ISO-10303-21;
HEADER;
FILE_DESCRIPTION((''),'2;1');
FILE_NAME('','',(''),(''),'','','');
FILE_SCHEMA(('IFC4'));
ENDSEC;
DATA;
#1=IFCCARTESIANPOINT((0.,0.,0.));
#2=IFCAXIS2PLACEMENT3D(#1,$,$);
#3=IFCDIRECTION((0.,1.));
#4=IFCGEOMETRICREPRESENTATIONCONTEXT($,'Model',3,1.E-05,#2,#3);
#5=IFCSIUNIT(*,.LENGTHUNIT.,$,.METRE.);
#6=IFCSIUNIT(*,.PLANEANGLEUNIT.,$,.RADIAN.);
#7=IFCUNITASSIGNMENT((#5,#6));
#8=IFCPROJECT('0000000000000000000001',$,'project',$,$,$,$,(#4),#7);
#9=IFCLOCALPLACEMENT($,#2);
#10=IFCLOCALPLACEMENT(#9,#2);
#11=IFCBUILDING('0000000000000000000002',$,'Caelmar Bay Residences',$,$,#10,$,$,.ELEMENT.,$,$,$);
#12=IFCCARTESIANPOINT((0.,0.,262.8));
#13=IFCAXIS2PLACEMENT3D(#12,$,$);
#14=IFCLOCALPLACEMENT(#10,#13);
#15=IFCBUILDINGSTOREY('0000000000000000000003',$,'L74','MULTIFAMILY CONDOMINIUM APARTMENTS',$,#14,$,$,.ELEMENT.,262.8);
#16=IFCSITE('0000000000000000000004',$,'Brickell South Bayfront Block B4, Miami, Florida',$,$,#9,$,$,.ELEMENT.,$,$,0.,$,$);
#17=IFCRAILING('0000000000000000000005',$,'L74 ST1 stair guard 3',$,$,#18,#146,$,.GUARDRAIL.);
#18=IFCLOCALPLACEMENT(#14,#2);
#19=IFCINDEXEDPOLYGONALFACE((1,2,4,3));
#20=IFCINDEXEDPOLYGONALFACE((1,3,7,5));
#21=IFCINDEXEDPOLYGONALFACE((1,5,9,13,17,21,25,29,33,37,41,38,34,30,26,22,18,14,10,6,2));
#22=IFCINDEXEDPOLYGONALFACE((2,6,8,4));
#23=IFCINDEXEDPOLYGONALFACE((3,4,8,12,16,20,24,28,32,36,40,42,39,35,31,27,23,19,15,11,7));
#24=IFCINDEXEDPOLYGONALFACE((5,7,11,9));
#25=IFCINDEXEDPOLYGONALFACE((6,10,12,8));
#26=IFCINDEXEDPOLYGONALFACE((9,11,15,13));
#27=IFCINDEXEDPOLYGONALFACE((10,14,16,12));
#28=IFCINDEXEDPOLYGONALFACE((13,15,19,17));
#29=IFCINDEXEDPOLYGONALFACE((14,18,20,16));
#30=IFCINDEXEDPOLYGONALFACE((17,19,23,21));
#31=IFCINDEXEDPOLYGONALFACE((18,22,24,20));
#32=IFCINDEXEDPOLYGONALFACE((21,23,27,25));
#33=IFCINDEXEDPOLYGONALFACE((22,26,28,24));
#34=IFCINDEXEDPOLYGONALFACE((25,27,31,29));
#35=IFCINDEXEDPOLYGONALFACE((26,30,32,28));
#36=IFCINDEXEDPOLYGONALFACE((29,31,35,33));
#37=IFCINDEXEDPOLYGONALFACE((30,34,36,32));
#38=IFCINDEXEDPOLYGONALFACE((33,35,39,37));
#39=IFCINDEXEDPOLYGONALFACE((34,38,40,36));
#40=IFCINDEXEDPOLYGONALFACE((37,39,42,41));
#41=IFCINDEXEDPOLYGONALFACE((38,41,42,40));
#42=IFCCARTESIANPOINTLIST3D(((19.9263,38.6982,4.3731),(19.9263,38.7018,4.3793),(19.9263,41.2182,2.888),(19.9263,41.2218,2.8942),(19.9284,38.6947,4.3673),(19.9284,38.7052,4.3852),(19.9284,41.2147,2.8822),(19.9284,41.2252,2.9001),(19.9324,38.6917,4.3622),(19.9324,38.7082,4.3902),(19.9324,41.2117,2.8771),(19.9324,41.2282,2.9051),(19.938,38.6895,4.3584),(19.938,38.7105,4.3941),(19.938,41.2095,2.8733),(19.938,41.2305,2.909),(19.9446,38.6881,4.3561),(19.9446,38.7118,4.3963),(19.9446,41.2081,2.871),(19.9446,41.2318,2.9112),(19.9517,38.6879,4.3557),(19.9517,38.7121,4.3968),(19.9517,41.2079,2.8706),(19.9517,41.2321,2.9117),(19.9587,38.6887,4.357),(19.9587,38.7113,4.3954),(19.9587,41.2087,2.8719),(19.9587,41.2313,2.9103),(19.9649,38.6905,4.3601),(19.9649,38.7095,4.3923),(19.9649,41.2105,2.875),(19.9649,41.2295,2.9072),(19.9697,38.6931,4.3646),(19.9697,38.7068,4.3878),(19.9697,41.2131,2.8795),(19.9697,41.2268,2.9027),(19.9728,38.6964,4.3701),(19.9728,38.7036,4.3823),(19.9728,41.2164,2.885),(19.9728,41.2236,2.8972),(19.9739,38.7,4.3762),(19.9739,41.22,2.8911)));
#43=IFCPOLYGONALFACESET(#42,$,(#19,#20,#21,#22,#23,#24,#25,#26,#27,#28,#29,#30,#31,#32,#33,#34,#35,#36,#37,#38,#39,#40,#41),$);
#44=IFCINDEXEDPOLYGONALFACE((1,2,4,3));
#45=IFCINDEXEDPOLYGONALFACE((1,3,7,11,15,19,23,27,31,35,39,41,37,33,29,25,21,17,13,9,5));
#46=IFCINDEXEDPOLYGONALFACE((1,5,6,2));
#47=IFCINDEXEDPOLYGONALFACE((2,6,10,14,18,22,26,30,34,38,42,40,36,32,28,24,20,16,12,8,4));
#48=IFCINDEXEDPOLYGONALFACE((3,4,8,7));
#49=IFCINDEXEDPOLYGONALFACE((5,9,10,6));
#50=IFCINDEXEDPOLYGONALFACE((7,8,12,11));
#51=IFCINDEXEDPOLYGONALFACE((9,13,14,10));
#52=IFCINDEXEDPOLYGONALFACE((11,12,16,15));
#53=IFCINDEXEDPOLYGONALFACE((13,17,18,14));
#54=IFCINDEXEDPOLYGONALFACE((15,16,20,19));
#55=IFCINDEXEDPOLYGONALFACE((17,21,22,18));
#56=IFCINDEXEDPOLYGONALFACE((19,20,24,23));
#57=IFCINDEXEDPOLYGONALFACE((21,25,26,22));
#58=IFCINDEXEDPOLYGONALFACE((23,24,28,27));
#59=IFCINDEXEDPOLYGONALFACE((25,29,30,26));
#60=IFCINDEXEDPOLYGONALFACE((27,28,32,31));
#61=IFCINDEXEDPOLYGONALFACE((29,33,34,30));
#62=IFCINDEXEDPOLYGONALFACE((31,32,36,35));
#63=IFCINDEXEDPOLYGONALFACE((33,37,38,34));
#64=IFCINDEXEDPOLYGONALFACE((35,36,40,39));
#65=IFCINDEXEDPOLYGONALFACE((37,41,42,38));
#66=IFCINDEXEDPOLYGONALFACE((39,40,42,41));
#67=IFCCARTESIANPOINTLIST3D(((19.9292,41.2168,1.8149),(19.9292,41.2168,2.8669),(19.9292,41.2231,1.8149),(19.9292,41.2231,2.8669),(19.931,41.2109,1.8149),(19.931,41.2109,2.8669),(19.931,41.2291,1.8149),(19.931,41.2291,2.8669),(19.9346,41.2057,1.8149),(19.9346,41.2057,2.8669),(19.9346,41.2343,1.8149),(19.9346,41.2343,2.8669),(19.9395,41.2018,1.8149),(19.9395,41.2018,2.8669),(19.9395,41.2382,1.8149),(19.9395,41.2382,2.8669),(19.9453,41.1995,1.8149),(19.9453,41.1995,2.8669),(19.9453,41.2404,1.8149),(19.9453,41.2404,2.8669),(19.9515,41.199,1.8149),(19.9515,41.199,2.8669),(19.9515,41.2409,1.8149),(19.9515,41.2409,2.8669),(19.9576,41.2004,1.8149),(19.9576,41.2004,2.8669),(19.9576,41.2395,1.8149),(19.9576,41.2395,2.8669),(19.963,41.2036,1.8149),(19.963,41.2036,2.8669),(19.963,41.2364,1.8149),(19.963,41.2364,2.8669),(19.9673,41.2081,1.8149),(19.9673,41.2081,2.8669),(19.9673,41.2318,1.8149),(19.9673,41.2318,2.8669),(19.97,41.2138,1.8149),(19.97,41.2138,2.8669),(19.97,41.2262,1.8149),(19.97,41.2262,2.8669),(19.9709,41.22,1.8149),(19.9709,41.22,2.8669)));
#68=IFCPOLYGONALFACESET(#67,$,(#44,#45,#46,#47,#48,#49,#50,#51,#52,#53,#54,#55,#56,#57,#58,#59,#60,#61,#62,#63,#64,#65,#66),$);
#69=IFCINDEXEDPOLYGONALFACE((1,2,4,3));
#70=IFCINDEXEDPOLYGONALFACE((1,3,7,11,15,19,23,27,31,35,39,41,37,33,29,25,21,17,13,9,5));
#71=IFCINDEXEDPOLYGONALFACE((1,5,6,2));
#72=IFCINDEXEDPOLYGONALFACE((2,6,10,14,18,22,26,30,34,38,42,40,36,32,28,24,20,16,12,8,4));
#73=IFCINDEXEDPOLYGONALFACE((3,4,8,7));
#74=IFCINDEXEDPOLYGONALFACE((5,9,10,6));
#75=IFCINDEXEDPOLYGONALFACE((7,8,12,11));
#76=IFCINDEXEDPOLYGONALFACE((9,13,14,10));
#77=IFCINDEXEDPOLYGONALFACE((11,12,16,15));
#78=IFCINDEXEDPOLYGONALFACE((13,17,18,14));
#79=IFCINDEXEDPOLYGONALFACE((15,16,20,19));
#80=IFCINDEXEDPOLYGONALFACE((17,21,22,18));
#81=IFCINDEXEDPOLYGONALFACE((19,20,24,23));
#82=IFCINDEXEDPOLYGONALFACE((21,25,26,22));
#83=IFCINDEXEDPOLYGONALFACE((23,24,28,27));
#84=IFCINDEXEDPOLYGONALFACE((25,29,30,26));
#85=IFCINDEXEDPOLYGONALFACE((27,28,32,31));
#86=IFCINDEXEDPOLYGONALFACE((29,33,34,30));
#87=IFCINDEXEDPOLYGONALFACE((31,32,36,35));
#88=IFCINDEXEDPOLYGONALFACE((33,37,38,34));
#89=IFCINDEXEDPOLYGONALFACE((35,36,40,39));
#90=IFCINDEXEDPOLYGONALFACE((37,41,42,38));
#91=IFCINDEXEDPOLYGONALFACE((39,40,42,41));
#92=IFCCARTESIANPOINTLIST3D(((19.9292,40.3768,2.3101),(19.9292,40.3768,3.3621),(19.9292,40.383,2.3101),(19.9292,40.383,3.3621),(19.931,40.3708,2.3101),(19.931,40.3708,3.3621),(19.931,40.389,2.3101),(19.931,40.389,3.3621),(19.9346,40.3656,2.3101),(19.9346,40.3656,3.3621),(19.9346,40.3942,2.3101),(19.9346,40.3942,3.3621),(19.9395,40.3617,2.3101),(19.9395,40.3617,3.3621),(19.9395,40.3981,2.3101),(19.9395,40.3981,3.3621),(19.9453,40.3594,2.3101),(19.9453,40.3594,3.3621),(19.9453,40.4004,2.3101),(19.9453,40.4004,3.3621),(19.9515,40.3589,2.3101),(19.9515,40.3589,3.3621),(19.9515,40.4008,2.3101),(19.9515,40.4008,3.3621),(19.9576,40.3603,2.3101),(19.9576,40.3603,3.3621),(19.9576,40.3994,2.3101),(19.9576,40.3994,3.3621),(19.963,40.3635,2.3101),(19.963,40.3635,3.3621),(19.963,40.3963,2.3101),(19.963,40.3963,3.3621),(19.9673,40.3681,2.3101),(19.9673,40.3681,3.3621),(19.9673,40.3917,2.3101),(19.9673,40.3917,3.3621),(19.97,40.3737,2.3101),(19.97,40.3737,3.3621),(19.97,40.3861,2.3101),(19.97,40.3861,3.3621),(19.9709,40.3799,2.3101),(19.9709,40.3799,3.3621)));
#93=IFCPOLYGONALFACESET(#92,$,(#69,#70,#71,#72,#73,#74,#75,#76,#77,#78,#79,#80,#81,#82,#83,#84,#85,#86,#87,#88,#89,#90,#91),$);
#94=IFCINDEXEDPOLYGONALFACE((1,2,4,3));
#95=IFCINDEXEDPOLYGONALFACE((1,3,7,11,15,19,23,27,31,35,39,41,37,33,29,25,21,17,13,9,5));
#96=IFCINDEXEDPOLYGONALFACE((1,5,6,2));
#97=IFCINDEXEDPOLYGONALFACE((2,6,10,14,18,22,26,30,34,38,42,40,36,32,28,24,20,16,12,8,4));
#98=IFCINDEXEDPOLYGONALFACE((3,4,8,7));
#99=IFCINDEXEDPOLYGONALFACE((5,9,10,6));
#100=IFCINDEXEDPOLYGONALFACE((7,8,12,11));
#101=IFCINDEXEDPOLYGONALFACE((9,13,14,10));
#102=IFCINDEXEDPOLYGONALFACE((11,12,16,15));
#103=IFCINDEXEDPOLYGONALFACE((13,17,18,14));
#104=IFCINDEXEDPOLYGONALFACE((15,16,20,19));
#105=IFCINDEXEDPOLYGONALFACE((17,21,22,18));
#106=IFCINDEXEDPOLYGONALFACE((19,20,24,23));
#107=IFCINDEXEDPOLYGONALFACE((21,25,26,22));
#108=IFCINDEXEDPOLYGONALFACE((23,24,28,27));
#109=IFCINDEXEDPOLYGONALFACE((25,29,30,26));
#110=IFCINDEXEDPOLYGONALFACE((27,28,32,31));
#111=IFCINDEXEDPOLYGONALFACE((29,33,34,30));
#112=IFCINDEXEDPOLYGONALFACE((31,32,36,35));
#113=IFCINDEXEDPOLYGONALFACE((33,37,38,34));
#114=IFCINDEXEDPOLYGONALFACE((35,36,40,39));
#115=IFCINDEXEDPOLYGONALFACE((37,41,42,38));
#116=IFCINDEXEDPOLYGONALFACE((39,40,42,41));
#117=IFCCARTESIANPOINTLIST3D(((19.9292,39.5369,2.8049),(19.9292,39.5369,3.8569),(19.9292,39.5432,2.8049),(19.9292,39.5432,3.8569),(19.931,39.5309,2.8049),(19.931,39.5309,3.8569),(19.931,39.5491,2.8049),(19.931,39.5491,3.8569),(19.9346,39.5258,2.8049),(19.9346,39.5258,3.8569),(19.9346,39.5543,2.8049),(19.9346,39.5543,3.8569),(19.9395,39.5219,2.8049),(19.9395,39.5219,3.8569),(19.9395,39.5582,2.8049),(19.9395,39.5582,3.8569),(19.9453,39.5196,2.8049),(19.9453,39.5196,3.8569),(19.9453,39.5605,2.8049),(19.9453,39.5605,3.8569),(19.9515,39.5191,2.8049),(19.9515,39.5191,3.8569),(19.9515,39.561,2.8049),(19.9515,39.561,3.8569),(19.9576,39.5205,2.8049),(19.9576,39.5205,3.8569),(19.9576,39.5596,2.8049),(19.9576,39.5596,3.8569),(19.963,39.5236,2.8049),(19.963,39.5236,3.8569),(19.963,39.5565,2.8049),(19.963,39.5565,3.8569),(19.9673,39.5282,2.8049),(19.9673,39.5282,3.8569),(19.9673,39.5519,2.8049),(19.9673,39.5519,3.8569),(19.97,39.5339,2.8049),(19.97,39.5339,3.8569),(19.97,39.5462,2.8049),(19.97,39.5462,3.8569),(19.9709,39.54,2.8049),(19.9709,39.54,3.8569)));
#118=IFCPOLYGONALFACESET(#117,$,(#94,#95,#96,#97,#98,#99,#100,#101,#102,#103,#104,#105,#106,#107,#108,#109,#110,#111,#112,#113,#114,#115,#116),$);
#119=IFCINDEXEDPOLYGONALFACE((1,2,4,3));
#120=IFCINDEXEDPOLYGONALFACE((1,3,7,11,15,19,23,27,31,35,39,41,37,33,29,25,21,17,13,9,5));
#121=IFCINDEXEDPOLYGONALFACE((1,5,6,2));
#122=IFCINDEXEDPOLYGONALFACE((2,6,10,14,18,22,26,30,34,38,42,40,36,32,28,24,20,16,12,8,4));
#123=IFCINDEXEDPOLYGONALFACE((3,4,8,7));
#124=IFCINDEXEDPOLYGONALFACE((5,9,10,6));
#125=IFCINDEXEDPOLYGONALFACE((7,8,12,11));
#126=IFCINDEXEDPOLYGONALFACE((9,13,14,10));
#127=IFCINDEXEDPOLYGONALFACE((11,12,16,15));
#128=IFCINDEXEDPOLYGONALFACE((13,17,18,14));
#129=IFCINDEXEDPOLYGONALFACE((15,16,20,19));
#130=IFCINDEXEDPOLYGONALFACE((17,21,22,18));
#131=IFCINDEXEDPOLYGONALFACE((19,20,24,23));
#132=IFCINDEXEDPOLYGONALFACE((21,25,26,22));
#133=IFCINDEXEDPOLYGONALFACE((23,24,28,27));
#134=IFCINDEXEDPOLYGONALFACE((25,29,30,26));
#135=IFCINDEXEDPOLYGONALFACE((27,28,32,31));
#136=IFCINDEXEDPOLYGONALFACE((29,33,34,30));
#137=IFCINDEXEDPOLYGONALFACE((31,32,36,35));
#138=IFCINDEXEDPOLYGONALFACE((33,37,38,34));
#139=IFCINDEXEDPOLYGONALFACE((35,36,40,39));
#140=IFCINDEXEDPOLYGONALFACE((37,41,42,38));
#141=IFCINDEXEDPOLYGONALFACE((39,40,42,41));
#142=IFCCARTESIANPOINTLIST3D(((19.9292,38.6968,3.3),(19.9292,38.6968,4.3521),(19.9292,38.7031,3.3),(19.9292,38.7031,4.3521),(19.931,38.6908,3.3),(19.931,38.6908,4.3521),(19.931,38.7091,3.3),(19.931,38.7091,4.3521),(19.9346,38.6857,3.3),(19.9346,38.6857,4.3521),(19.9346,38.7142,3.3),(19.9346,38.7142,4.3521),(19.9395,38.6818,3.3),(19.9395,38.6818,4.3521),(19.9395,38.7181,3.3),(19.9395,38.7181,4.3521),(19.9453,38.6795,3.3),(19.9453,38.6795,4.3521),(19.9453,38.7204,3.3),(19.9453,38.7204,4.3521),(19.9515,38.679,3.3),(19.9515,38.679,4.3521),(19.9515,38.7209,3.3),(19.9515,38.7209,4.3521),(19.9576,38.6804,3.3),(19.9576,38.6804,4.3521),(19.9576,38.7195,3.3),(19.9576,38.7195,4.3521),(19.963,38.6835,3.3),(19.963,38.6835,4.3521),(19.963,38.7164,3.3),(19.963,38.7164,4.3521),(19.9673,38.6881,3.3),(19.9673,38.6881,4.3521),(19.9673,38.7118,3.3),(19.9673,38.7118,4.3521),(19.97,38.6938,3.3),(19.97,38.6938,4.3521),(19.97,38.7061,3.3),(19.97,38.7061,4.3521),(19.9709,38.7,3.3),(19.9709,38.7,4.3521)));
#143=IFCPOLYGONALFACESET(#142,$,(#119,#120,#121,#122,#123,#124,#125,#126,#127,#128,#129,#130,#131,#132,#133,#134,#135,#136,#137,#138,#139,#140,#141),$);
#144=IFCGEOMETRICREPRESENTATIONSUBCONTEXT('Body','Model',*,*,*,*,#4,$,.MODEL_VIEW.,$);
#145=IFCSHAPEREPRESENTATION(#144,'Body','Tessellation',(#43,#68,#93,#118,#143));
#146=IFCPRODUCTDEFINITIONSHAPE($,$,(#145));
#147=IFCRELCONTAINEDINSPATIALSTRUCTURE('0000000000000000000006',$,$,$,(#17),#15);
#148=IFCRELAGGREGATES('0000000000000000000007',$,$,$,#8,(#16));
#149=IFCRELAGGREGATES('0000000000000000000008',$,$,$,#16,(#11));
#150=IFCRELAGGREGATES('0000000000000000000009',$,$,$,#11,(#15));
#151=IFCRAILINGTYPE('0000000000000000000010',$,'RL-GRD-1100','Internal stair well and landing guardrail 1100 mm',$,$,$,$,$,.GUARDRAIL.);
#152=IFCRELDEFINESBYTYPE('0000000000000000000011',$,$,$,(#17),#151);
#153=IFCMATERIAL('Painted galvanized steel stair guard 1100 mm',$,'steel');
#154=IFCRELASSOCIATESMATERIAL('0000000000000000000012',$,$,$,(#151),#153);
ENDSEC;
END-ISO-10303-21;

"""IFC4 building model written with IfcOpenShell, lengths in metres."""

from ifc_helpers import new_model, si_unit, direction, frame, origin, origin_2d, place, context, subcontext, project, spatial, circle, extrude, material, type_object, element, save


model = new_model("IFC4")

# Units and contexts
model_context = context("Model", 3, precision=1e-05, world=origin(), true_north=direction((0.0, 1.0)))
body_context = subcontext(model_context, "Body", "Model", "MODEL_VIEW")
ifc_project = project(units=[si_unit("LENGTHUNIT", "METRE"), si_unit("PLANEANGLEUNIT", "RADIAN")], contexts=[model_context])

# Site, building, storey
site_placement = place(None, origin())
site = spatial("IfcSite", under=ifc_project, at=site_placement, Name="Brickell South Bayfront Block B4, Miami, Florida", CompositionType="ELEMENT", RefElevation=0.0)
building_placement = place(site_placement, origin())
building = spatial("IfcBuilding", under=site, at=building_placement, Name="Caelmar Bay Residences", CompositionType="ELEMENT")
storey_placement = place(building_placement, frame((0.0, 0.0, 262.8)))
storey = spatial("IfcBuildingStorey", under=building, at=storey_placement, Name="L74", Description="MULTIFAMILY CONDOMINIUM APARTMENTS", CompositionType="ELEMENT", Elevation=262.8)

# Railing
ifc_material_1 = material(Name="Painted galvanized steel stair guard 1100 mm", Category="steel")
railing_type_1 = type_object("IfcRailingType", Name="RL-GRD-1100", Description="Internal stair well and landing guardrail 1100 mm", PredefinedType="GUARDRAIL", material=ifc_material_1)
railing_1_placement = place(storey_placement, frame((19.95, 41.22, 1.8149)))
element("IfcRailing", 1, at=railing_1_placement, inside=storey, type_object=railing_type_1, Name="L74 ST1 stair guard 3", PredefinedType="GUARDRAIL", context=body_context, shape_type="SweptSolid", body=[
    extrude(circle(Radius=0.0239, at=origin_2d()), frame((0.0, 0.0, 1.0762), z_axis=(0.0, -0.861524, 0.507717), x_axis=(1.0, 0.0, 0.0)), (0.0, 0.0, 1.0), 2.925),
    extrude(circle(Radius=0.021, at=origin_2d()), origin(), (0.0, 0.0, 1.0), 1.052),
    extrude(circle(Radius=0.021, at=origin_2d()), frame((0.0, -0.8401, 0.4951)), (0.0, 0.0, 1.0), 1.052),
    extrude(circle(Radius=0.021, at=origin_2d()), frame((0.0, -1.6799, 0.99)), (0.0, 0.0, 1.0), 1.052),
    extrude(circle(Radius=0.021, at=origin_2d()), frame((0.0, -2.52, 1.4851)), (0.0, 0.0, 1.0), 1.052),
])

save(model, "model.ifc")
